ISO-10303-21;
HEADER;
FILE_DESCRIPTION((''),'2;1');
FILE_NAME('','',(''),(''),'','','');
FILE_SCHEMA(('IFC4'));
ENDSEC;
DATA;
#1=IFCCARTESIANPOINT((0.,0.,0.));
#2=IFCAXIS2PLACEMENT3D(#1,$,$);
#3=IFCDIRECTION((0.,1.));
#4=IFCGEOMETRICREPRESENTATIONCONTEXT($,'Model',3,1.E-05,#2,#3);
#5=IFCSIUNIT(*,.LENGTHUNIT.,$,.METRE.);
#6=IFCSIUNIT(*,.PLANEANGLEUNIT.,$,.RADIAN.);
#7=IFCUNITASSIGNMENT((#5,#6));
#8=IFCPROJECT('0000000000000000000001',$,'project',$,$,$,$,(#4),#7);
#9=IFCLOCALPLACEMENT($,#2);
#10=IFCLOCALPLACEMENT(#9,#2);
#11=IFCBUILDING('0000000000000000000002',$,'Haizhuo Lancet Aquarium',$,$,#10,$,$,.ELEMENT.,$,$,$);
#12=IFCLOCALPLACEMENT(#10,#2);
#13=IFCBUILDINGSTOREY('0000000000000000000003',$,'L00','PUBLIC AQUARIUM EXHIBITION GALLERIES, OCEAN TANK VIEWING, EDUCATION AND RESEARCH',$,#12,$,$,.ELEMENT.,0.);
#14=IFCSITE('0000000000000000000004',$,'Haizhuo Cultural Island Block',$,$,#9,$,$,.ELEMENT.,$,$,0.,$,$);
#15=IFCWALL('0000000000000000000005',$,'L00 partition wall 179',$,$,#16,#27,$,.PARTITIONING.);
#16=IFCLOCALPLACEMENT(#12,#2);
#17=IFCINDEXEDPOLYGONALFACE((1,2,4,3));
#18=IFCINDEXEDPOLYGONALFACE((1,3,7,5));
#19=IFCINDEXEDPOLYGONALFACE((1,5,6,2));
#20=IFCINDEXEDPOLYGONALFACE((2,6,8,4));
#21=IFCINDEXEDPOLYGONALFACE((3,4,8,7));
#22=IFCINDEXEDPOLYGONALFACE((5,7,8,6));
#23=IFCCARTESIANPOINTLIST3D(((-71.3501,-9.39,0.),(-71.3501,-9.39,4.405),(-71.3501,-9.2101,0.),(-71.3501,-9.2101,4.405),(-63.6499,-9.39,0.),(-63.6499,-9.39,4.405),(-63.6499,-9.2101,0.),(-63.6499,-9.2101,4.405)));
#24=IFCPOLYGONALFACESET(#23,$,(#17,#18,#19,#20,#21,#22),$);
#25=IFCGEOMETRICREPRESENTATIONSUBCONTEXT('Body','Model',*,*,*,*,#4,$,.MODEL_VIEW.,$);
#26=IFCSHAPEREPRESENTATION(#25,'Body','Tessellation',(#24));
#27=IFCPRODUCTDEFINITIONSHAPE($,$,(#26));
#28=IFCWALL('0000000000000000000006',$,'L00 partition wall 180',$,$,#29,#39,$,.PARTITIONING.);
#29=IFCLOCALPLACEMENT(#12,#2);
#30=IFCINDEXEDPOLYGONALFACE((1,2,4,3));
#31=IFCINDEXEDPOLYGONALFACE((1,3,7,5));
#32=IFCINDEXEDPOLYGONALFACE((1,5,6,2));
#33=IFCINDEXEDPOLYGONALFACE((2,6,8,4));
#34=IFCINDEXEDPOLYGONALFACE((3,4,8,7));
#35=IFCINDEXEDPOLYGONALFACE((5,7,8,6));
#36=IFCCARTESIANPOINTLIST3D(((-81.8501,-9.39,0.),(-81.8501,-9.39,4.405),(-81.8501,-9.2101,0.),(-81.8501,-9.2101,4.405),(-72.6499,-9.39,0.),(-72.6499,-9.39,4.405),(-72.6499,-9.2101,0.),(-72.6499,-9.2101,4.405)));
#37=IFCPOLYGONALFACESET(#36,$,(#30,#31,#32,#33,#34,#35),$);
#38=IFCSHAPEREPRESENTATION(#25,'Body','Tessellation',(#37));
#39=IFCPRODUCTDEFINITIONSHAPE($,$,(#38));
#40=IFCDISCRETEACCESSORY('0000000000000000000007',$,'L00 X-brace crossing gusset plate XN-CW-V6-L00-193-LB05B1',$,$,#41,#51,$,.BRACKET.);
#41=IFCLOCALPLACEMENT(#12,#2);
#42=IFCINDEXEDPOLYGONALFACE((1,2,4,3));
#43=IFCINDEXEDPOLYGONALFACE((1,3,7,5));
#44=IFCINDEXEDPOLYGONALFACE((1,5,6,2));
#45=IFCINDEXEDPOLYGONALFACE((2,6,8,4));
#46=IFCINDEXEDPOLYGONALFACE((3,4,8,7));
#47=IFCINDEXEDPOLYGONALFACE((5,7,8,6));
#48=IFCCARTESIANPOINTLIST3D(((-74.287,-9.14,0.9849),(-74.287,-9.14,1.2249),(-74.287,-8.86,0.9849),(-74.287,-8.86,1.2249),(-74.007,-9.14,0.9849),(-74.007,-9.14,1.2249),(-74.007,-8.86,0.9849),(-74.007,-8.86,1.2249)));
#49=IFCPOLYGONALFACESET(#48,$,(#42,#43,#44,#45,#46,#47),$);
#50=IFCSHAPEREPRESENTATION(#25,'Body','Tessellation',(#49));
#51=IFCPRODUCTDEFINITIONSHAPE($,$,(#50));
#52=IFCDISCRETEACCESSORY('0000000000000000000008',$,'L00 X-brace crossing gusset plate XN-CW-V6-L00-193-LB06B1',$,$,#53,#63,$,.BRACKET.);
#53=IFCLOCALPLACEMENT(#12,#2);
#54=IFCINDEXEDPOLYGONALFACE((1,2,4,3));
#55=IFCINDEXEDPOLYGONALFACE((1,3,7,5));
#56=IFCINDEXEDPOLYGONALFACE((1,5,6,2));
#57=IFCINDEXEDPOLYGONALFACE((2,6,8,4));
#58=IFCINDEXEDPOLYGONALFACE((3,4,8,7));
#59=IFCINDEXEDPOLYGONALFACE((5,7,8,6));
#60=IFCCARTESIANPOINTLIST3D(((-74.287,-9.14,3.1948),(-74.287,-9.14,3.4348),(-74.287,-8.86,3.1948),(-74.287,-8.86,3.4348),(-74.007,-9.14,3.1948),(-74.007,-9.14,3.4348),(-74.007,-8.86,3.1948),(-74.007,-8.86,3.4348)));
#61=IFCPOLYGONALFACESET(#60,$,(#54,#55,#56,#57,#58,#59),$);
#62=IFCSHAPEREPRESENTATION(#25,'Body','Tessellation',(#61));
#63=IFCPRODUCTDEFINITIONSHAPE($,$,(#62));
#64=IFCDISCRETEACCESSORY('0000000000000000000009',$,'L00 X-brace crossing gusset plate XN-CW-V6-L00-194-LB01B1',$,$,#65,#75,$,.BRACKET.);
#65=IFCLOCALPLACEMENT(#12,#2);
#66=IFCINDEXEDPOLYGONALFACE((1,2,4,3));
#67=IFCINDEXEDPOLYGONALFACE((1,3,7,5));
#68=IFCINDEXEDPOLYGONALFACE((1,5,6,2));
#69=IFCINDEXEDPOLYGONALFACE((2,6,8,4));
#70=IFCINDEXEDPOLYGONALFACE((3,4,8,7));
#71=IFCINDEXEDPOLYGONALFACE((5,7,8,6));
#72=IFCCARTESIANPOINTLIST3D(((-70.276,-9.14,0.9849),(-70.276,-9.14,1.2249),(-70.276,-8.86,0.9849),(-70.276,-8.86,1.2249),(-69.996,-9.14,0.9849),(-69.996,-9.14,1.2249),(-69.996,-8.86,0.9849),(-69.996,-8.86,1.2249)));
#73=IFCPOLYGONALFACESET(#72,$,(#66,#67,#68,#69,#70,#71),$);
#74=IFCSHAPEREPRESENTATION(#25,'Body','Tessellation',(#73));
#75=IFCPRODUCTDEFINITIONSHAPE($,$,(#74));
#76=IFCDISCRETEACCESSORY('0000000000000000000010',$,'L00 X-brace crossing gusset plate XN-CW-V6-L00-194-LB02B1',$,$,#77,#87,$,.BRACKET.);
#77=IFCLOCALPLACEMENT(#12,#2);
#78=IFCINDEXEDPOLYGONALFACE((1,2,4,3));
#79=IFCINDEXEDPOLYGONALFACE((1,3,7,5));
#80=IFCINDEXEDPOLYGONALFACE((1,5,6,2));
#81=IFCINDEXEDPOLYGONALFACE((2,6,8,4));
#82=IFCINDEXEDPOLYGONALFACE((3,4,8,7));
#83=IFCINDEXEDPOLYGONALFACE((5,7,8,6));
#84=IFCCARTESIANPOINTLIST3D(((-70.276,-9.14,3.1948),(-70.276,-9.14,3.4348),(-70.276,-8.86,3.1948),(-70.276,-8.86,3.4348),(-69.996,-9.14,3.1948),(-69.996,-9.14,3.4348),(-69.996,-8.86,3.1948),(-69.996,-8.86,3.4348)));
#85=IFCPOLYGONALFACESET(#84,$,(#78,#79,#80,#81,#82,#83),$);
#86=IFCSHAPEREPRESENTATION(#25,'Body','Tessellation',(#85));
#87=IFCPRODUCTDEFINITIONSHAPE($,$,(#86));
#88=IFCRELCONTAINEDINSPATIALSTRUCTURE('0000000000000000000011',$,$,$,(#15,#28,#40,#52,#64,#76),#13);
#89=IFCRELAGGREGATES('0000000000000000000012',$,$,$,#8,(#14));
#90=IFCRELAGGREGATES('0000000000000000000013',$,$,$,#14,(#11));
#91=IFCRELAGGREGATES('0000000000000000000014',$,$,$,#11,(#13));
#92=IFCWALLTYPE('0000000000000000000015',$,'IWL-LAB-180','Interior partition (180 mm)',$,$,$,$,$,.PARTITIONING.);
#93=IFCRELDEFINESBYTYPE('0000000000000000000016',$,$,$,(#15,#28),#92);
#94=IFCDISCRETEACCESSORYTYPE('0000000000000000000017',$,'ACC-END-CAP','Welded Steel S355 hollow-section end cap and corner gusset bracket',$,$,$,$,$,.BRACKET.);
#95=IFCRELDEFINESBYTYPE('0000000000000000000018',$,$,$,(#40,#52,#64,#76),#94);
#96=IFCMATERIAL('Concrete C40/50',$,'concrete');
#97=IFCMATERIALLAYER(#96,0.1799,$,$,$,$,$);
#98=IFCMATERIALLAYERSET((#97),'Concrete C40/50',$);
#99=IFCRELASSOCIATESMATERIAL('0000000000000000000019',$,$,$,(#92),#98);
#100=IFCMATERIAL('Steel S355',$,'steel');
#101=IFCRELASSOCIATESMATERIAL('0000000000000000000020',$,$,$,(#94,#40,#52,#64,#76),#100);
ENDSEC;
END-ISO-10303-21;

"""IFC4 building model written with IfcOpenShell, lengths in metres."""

from ifc_helpers import new_model, si_unit, direction, frame, frame_2d, origin, origin_2d, place, context, subcontext, project, spatial, rectangle, extrude, material, layer, layer_set, type_object, element, save


model = new_model("IFC4")

# Units and contexts
model_context = context("Model", 3, precision=1e-05, world=origin(), true_north=direction((0.0, 1.0)))
body_context = subcontext(model_context, "Body", "Model", "MODEL_VIEW")
ifc_project = project(units=[si_unit("LENGTHUNIT", "METRE"), si_unit("PLANEANGLEUNIT", "RADIAN")], contexts=[model_context])

# Site, building, storey
site_placement = place(None, origin())
site = spatial("IfcSite", under=ifc_project, at=site_placement, Name="Haizhuo Cultural Island Block", CompositionType="ELEMENT", RefElevation=0.0)
building_placement = place(site_placement, origin())
building = spatial("IfcBuilding", under=site, at=building_placement, Name="Haizhuo Lancet Aquarium", CompositionType="ELEMENT")
storey_placement = place(building_placement, origin())
storey = spatial("IfcBuildingStorey", under=building, at=storey_placement, Name="L00", Description="PUBLIC AQUARIUM EXHIBITION GALLERIES, OCEAN TANK VIEWING, EDUCATION AND RESEARCH", CompositionType="ELEMENT", Elevation=0.0)

# Shared definitions
ifc_material_1 = material(Name="Steel S355", Category="steel")

# Walls
ifc_material_2 = material(Name="Concrete C40/50", Category="concrete")
ifc_layer_1 = layer(ifc_material_2, 0.1799)
ifc_layer_set_1 = layer_set([ifc_layer_1], Name="Concrete C40/50")
wall_type = type_object("IfcWallType", Name="IWL-LAB-180", Description="Interior partition (180 mm)", PredefinedType="PARTITIONING", material=ifc_layer_set_1)
wall_1_placement = place(storey_placement, frame((-63.6499, -9.3, 0.0), z_axis=(0.0, 0.0, 1.0), x_axis=(-1.0, 0.0, 0.0)))
element("IfcWall", 1, at=wall_1_placement, inside=storey, type_object=wall_type, Name="L00 partition wall 179", PredefinedType="PARTITIONING", context=body_context, shape_type="SweptSolid", body=[
    extrude(rectangle(XDim=7.7002, YDim=0.1799, at=frame_2d((3.8501, 0.0))), origin(), (0.0, 0.0, 1.0), 4.405),
])
wall_2_placement = place(storey_placement, frame((-72.6499, -9.3, 0.0), z_axis=(0.0, 0.0, 1.0), x_axis=(-1.0, 0.0, 0.0)))
element("IfcWall", 2, at=wall_2_placement, inside=storey, type_object=wall_type, Name="L00 partition wall 180", PredefinedType="PARTITIONING", context=body_context, shape_type="SweptSolid", body=[
    extrude(rectangle(XDim=9.2002, YDim=0.1799, at=frame_2d((4.6001, 0.0))), origin(), (0.0, 0.0, 1.0), 4.405),
])

# Discrete accessories
discrete_accessory_type = type_object("IfcDiscreteAccessoryType", Name="ACC-END-CAP", Description="Welded Steel S355 hollow-section end cap and corner gusset bracket", PredefinedType="BRACKET", material=ifc_material_1)
for number, where, z_axis, x_axis, name in (
    (3, (-74.147, -9.0, 0.9849), (0.0, 0.0, 1.0), (1.0, 0.0, 0.0), "L00 X-brace crossing gusset plate XN-CW-V6-L00-193-LB05B1"),
    (4, (-74.147, -9.0, 3.1948), (0.0, 0.0, 1.0), (1.0, 0.0, 0.0), "L00 X-brace crossing gusset plate XN-CW-V6-L00-193-LB06B1"),
    (5, (-70.136, -9.0, 0.9849), (0.0, 0.0, 1.0), (1.0, 0.0, 0.0), "L00 X-brace crossing gusset plate XN-CW-V6-L00-194-LB01B1"),
    (6, (-70.136, -9.0, 3.1948), (0.0, 0.0, 1.0), (1.0, 0.0, 0.0), "L00 X-brace crossing gusset plate XN-CW-V6-L00-194-LB02B1"),
):
    element("IfcDiscreteAccessory", number, at=place(storey_placement, frame(where, z_axis=z_axis, x_axis=x_axis)), inside=storey, type_object=discrete_accessory_type, material=ifc_material_1, Name=name, PredefinedType="BRACKET", context=body_context, shape_type="SweptSolid", body=[
        extrude(rectangle(XDim=0.28, YDim=0.28, at=origin_2d()), origin(), (0.0, 0.0, 1.0), 0.24),
    ])

save(model, "model.ifc")
